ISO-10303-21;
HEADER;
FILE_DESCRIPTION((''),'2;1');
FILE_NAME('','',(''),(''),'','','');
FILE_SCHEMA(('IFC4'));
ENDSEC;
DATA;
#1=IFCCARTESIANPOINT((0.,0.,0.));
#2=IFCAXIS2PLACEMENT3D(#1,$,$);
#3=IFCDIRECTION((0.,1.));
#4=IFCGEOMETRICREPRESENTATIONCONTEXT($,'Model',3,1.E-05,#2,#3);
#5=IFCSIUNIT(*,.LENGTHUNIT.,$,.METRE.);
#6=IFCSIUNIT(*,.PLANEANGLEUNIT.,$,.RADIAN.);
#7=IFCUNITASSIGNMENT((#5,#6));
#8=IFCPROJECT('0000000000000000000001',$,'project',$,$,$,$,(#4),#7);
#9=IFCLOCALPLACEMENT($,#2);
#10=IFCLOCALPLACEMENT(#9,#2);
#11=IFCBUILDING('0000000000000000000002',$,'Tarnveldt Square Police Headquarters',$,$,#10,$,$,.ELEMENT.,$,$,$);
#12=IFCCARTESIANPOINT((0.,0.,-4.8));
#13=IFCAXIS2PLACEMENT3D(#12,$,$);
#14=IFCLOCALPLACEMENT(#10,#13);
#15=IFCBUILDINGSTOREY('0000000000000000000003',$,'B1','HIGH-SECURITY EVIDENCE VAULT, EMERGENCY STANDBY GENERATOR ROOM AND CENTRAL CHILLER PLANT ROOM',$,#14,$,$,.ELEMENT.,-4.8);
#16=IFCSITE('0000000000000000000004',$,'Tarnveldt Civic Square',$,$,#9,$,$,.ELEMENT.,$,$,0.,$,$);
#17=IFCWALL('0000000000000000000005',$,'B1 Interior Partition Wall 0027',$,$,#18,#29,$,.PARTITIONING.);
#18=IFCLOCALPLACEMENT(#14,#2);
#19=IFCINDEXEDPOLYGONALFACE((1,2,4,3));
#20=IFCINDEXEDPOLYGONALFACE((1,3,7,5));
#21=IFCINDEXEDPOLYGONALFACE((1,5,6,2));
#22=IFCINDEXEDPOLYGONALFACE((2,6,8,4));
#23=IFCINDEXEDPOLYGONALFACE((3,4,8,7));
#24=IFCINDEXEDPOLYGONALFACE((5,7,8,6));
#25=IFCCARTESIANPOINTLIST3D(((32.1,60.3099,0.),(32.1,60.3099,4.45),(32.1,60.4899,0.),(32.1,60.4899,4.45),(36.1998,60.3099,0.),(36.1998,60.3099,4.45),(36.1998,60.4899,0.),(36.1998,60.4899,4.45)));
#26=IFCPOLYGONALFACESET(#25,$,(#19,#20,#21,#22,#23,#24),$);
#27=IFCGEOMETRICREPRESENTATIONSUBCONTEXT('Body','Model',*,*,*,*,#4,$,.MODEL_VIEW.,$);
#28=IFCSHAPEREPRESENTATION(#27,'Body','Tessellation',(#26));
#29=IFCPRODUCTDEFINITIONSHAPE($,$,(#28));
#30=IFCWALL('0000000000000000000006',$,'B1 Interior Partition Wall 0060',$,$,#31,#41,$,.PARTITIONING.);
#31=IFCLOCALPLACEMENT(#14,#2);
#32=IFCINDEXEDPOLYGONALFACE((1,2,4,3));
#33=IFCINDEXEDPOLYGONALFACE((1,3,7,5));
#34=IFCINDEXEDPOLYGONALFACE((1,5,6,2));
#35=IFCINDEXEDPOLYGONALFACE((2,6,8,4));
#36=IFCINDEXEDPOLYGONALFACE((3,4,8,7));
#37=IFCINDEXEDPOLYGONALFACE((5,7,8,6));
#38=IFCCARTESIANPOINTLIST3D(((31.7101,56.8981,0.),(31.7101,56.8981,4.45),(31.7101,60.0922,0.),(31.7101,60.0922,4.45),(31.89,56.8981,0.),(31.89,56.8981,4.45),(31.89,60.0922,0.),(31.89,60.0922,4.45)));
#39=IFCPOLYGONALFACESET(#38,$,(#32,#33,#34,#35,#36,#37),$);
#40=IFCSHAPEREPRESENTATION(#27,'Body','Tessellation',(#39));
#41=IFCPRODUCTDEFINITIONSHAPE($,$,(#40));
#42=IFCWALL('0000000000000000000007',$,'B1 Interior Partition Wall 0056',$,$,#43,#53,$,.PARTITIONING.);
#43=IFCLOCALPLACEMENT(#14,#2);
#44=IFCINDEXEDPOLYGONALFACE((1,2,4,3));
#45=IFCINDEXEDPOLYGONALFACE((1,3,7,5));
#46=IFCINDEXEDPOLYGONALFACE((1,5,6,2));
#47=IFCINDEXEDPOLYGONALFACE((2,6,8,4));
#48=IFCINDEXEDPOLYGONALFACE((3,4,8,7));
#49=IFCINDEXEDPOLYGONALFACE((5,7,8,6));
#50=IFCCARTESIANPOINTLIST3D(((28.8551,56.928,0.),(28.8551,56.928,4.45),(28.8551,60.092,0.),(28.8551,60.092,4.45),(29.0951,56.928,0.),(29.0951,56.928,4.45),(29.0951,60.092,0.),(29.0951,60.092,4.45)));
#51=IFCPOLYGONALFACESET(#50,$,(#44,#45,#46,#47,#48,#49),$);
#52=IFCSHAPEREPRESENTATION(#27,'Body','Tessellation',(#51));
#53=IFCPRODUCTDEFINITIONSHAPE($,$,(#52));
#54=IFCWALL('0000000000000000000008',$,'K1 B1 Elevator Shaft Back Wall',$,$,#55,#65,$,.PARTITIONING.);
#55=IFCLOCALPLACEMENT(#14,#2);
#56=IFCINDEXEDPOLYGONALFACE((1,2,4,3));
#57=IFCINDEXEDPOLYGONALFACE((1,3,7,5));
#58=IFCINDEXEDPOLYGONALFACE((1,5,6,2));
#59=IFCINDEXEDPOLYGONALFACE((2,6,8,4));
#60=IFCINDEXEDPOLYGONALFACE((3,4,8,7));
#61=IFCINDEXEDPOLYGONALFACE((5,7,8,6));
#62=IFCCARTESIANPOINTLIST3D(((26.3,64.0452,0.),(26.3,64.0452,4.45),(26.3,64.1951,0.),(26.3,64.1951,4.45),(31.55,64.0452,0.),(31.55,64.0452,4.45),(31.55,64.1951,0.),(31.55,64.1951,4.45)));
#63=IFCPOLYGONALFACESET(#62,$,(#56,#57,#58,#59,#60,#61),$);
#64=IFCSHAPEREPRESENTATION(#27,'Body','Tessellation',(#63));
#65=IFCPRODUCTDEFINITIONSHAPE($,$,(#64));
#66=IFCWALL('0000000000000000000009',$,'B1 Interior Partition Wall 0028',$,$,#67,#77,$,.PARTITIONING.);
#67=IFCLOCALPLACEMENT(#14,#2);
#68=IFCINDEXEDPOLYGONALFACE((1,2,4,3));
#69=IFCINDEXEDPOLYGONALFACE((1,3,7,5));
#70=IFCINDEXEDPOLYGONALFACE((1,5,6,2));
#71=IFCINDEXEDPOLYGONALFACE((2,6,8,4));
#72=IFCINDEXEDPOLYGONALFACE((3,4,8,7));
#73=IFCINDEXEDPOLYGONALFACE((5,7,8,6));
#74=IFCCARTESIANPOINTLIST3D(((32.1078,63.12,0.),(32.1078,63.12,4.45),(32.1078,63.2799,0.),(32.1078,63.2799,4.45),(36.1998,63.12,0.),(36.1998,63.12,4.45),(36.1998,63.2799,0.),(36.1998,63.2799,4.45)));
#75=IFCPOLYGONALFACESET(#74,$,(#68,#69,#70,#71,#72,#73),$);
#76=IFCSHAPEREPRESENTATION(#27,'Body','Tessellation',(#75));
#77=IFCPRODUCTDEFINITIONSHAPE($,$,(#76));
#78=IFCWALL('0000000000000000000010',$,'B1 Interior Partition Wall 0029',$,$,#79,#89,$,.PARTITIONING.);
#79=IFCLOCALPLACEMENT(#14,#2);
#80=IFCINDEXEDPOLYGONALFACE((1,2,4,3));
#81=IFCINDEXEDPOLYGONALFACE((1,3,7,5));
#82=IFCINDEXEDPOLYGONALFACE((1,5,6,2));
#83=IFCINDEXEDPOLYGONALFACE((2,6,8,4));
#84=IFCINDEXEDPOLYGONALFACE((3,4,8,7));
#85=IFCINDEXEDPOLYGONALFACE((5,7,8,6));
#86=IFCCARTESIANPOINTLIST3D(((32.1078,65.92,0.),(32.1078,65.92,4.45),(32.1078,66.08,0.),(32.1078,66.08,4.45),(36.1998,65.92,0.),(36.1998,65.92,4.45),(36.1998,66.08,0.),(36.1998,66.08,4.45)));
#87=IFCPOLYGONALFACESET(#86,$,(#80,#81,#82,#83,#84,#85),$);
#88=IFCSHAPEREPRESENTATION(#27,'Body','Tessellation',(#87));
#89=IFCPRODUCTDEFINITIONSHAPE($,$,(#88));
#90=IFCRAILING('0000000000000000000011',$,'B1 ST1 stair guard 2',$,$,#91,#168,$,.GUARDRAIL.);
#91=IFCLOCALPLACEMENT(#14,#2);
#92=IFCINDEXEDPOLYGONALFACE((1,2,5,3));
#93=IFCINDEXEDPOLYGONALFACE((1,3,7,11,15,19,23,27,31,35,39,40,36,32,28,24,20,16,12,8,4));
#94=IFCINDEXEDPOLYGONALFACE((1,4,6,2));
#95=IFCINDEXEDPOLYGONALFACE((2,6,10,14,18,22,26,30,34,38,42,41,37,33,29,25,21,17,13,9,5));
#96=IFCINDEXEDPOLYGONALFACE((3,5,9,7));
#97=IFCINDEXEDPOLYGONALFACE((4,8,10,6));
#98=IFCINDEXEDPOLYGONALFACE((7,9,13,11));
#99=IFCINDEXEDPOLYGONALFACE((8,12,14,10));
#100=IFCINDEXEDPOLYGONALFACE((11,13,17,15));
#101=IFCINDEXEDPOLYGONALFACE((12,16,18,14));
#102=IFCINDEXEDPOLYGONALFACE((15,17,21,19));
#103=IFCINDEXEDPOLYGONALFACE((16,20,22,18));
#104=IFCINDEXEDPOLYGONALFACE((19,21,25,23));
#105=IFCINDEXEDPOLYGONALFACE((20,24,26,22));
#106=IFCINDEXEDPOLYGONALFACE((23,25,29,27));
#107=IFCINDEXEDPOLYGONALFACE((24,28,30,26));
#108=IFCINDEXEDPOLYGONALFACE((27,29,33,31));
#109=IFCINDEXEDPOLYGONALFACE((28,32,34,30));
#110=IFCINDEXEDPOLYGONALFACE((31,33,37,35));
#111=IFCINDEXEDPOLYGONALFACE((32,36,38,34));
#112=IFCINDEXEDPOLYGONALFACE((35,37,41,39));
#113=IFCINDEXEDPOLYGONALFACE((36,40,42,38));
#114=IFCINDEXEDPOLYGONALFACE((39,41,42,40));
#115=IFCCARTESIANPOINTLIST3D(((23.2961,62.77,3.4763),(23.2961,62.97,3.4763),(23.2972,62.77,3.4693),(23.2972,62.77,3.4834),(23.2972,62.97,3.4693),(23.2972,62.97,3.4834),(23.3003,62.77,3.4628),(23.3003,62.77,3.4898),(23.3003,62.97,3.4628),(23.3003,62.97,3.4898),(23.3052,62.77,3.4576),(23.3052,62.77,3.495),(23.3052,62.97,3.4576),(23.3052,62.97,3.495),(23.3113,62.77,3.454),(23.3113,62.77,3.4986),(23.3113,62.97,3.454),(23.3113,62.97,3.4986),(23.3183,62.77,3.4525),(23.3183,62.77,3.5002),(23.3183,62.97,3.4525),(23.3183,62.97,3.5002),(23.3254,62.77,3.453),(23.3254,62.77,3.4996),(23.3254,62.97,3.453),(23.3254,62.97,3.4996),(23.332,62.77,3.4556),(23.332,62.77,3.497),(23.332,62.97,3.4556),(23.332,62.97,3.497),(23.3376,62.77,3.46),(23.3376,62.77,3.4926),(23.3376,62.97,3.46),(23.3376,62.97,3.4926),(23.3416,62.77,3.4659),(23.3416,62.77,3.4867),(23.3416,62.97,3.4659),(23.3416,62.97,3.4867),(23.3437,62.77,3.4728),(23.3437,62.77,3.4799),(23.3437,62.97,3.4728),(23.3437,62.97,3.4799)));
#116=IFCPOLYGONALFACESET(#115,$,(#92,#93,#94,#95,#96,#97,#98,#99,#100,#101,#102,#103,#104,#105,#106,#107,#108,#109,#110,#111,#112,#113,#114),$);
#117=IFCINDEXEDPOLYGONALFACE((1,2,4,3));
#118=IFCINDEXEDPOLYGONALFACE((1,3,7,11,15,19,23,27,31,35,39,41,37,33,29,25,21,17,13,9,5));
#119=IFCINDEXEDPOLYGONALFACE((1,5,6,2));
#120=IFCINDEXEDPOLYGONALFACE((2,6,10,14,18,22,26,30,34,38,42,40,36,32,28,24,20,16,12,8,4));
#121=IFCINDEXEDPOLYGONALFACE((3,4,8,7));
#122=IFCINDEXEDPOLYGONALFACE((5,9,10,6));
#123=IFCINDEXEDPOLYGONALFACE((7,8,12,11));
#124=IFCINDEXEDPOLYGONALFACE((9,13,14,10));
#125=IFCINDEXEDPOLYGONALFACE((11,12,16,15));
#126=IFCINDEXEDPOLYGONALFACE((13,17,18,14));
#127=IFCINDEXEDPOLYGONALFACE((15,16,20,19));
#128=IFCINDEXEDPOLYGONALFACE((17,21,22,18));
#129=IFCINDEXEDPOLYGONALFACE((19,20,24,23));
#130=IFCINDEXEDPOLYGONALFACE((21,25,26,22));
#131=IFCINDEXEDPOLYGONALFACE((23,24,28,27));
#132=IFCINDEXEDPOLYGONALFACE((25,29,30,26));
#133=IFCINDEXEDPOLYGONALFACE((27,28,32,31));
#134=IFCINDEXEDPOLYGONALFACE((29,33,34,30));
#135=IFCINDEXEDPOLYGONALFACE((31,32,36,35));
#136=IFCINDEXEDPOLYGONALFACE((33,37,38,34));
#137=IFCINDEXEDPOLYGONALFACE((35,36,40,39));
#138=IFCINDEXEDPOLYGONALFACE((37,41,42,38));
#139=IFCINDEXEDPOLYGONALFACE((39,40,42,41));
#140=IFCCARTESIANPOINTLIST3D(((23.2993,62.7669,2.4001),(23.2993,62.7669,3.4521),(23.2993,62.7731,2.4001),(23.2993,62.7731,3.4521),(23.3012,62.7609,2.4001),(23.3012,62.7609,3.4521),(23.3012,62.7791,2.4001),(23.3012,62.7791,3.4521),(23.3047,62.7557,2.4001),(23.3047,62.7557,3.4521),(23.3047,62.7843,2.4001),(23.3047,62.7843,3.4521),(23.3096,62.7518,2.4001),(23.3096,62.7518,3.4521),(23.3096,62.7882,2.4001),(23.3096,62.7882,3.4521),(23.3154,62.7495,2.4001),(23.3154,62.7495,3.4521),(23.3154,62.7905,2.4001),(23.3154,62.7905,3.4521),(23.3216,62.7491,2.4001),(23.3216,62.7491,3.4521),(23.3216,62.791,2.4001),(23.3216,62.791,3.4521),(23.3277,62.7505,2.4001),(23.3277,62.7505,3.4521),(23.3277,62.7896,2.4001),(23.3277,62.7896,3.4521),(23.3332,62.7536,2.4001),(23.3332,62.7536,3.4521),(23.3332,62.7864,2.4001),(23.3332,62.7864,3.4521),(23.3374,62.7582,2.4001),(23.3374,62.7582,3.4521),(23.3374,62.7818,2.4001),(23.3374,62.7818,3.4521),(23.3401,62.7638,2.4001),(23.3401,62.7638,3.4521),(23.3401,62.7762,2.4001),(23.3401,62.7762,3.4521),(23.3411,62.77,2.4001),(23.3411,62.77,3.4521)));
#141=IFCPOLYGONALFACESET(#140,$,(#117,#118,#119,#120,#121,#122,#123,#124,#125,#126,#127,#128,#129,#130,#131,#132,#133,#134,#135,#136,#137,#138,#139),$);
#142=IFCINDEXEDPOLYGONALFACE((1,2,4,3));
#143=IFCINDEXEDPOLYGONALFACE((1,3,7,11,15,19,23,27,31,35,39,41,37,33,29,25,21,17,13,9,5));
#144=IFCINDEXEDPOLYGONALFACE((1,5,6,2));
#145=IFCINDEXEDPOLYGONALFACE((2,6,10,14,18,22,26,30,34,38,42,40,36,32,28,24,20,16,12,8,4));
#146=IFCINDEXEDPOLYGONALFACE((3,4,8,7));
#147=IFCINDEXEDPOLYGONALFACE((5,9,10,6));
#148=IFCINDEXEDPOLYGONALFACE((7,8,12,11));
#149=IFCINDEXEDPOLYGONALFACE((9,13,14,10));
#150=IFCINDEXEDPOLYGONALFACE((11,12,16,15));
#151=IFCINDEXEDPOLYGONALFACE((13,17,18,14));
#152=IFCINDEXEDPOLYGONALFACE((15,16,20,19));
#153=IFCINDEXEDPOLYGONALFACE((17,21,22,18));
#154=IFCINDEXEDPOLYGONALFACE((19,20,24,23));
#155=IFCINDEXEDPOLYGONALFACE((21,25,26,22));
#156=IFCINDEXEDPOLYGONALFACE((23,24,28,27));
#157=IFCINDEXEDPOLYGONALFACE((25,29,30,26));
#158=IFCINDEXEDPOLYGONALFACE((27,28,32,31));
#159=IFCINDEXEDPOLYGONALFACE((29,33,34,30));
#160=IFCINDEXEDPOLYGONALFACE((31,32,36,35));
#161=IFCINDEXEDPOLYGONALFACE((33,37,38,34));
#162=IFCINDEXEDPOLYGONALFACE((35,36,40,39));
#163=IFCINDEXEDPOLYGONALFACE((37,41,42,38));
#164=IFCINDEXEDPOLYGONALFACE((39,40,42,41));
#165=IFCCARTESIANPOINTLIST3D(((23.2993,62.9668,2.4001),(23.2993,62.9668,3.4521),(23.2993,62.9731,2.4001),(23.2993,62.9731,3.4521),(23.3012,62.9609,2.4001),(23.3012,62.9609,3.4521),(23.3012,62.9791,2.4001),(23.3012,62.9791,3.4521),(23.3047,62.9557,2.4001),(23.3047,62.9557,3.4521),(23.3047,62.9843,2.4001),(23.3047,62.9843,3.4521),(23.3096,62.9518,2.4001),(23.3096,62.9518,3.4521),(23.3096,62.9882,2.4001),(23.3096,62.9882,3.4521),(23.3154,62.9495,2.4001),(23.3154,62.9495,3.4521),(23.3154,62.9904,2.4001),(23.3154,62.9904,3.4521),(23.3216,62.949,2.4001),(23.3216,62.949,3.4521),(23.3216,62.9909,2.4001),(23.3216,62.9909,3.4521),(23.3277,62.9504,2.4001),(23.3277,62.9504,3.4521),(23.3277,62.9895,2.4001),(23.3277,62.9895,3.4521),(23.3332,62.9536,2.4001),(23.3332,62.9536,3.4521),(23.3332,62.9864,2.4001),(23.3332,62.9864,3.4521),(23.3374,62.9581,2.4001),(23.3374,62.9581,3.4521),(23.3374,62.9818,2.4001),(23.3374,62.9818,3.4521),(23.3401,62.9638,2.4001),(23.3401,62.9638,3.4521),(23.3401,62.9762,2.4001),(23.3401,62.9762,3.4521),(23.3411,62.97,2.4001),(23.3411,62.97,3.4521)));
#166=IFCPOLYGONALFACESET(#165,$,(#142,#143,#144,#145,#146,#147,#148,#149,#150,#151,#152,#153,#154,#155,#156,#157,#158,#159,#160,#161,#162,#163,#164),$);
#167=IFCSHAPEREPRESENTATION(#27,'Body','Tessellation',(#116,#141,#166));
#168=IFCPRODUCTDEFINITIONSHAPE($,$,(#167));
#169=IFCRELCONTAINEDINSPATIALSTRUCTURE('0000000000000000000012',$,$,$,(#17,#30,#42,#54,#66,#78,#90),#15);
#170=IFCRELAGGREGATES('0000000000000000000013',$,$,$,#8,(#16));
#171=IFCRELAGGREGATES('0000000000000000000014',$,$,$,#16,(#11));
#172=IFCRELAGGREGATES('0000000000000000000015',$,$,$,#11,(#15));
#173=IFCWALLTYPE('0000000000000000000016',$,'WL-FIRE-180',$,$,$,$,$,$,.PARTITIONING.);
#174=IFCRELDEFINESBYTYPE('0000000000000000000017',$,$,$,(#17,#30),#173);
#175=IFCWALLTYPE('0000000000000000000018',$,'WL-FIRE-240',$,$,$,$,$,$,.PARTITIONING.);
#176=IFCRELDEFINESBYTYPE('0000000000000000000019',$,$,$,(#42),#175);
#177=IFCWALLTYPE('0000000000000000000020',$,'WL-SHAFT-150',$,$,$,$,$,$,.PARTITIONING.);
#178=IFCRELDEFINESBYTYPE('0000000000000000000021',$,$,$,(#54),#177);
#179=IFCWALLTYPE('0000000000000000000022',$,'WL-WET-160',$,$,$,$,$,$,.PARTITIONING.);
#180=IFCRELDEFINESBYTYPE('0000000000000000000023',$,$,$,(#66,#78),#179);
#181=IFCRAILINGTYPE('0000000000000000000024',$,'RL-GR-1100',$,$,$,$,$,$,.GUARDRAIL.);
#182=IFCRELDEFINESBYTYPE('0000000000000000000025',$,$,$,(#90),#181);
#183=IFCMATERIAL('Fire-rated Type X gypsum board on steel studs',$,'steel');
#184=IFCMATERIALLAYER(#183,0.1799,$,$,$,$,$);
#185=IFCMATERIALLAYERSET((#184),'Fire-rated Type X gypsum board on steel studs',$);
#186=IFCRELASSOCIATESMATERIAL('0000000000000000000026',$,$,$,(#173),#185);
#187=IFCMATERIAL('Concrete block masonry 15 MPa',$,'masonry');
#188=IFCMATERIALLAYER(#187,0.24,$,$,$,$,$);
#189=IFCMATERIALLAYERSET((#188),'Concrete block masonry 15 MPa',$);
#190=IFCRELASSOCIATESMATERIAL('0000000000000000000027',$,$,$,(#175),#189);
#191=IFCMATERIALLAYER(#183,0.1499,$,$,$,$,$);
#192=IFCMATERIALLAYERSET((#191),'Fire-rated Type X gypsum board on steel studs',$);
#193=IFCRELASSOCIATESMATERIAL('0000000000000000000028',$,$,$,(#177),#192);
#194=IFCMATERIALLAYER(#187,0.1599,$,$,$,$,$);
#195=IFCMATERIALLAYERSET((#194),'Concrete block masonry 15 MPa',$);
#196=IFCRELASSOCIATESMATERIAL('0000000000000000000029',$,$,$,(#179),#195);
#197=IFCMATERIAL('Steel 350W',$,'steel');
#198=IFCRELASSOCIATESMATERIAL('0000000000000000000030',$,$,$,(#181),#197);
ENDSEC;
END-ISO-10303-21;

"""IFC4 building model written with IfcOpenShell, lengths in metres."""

from ifc_helpers import new_model, si_unit, direction, frame, frame_2d, origin, origin_2d, place, context, subcontext, project, spatial, rectangle, circle, extrude, material, layer, layer_set, type_object, element, save


model = new_model("IFC4")

# Units and contexts
model_context = context("Model", 3, precision=1e-05, world=origin(), true_north=direction((0.0, 1.0)))
body_context = subcontext(model_context, "Body", "Model", "MODEL_VIEW")
ifc_project = project(units=[si_unit("LENGTHUNIT", "METRE"), si_unit("PLANEANGLEUNIT", "RADIAN")], contexts=[model_context])

# Site, building, storey
site_placement = place(None, origin())
site = spatial("IfcSite", under=ifc_project, at=site_placement, Name="Tarnveldt Civic Square", CompositionType="ELEMENT", RefElevation=0.0)
building_placement = place(site_placement, origin())
building = spatial("IfcBuilding", under=site, at=building_placement, Name="Tarnveldt Square Police Headquarters", CompositionType="ELEMENT")
storey_placement = place(building_placement, frame((0.0, 0.0, -4.8)))
storey = spatial("IfcBuildingStorey", under=building, at=storey_placement, Name="B1", Description="HIGH-SECURITY EVIDENCE VAULT, EMERGENCY STANDBY GENERATOR ROOM AND CENTRAL CHILLER PLANT ROOM", CompositionType="ELEMENT", Elevation=-4.8)

# Shared definitions
ifc_material_1 = material(Name="Fire-rated Type X gypsum board on steel studs", Category="steel")
ifc_layer_1 = layer(ifc_material_1, 0.1799)
ifc_layer_set_1 = layer_set([ifc_layer_1], Name="Fire-rated Type X gypsum board on steel studs")
wall_type_1 = type_object("IfcWallType", Name="WL-FIRE-180", PredefinedType="PARTITIONING", material=ifc_layer_set_1)

# Walls
wall_1_placement = place(storey_placement, frame((32.1001, 60.3999, 0.0), z_axis=(0.0, 0.0, 1.0), x_axis=(1.0, 0.0, 0.0)))
element("IfcWall", 1, at=wall_1_placement, inside=storey, type_object=wall_type_1, Name="B1 Interior Partition Wall 0027", PredefinedType="PARTITIONING", context=body_context, shape_type="SweptSolid", body=[
    extrude(rectangle(XDim=4.0999, YDim=0.1799, at=frame_2d((2.0498, 0.0))), origin(), (0.0, 0.0, 1.0), 4.45),
])
wall_2_placement = place(storey_placement, frame((31.8, 56.8979, 0.0), z_axis=(0.0, 0.0, 1.0), x_axis=(0.0, 1.0, 0.0)))
element("IfcWall", 2, at=wall_2_placement, inside=storey, type_object=wall_type_1, Name="B1 Interior Partition Wall 0060", PredefinedType="PARTITIONING", context=body_context, shape_type="SweptSolid", body=[
    extrude(rectangle(XDim=3.1941, YDim=0.1799, at=frame_2d((1.5972, 0.0))), origin(), (0.0, 0.0, 1.0), 4.45),
])
ifc_material_2 = material(Name="Concrete block masonry 15 MPa", Category="masonry")
ifc_layer_2 = layer(ifc_material_2, 0.24)
ifc_layer_set_2 = layer_set([ifc_layer_2], Name="Concrete block masonry 15 MPa")
wall_type_2 = type_object("IfcWallType", Name="WL-FIRE-240", PredefinedType="PARTITIONING", material=ifc_layer_set_2)
wall_3_placement = place(storey_placement, frame((28.9751, 56.928, 0.0), z_axis=(0.0, 0.0, 1.0), x_axis=(0.0, 1.0, 0.0)))
element("IfcWall", 3, at=wall_3_placement, inside=storey, type_object=wall_type_2, Name="B1 Interior Partition Wall 0056", PredefinedType="PARTITIONING", context=body_context, shape_type="SweptSolid", body=[
    extrude(rectangle(XDim=3.1641, YDim=0.24, at=frame_2d((1.582, 0.0))), origin(), (0.0, 0.0, 1.0), 4.45),
])
ifc_layer_3 = layer(ifc_material_1, 0.1499)
ifc_layer_set_3 = layer_set([ifc_layer_3], Name="Fire-rated Type X gypsum board on steel studs")
wall_type_3 = type_object("IfcWallType", Name="WL-SHAFT-150", PredefinedType="PARTITIONING", material=ifc_layer_set_3)
wall_4_placement = place(storey_placement, frame((26.3, 64.1201, 0.0), z_axis=(0.0, 0.0, 1.0), x_axis=(1.0, 0.0, 0.0)))
element("IfcWall", 4, at=wall_4_placement, inside=storey, type_object=wall_type_3, Name="K1 B1 Elevator Shaft Back Wall", PredefinedType="PARTITIONING", context=body_context, shape_type="SweptSolid", body=[
    extrude(rectangle(XDim=5.25, YDim=0.1499, at=frame_2d((2.625, 0.0))), origin(), (0.0, 0.0, 1.0), 4.45),
])
ifc_layer_4 = layer(ifc_material_2, 0.1599)
ifc_layer_set_4 = layer_set([ifc_layer_4], Name="Concrete block masonry 15 MPa")
wall_type_4 = type_object("IfcWallType", Name="WL-WET-160", PredefinedType="PARTITIONING", material=ifc_layer_set_4)
for number, where, z_axis, x_axis, name in (
    (5, (32.1079, 63.2, 0.0), (0.0, 0.0, 1.0), (1.0, 0.0, 0.0), "B1 Interior Partition Wall 0028"),
    (6, (32.1079, 66.0, 0.0), (0.0, 0.0, 1.0), (1.0, 0.0, 0.0), "B1 Interior Partition Wall 0029"),
):
    element("IfcWall", number, at=place(storey_placement, frame(where, z_axis=z_axis, x_axis=x_axis)), inside=storey, type_object=wall_type_4, Name=name, PredefinedType="PARTITIONING", context=body_context, shape_type="SweptSolid", body=[
        extrude(rectangle(XDim=4.092, YDim=0.1599, at=frame_2d((2.0459, 0.0))), origin(), (0.0, 0.0, 1.0), 4.45),
    ])

# Railing
ifc_material_3 = material(Name="Steel 350W", Category="steel")
railing_type_1 = type_object("IfcRailingType", Name="RL-GR-1100", PredefinedType="GUARDRAIL", material=ifc_material_3)
railing_1_placement = place(storey_placement, frame((23.3201, 62.77, 2.4001)))
element("IfcRailing", 7, at=railing_1_placement, inside=storey, type_object=railing_type_1, Name="B1 ST1 stair guard 2", PredefinedType="GUARDRAIL", context=body_context, shape_type="SweptSolid", body=[
    extrude(circle(Radius=0.0239, at=origin_2d()), frame((0.0, 0.0, 1.0762), z_axis=(0.0, 1.0, 0.0), x_axis=(-1.0, 0.0, 0.0)), (0.0, 0.0, 1.0), 0.2),
    extrude(circle(Radius=0.021, at=origin_2d()), origin(), (0.0, 0.0, 1.0), 1.052),
    extrude(circle(Radius=0.021, at=origin_2d()), frame((0.0, 0.2, 0.0)), (0.0, 0.0, 1.0), 1.052),
])

save(model, "model.ifc")
